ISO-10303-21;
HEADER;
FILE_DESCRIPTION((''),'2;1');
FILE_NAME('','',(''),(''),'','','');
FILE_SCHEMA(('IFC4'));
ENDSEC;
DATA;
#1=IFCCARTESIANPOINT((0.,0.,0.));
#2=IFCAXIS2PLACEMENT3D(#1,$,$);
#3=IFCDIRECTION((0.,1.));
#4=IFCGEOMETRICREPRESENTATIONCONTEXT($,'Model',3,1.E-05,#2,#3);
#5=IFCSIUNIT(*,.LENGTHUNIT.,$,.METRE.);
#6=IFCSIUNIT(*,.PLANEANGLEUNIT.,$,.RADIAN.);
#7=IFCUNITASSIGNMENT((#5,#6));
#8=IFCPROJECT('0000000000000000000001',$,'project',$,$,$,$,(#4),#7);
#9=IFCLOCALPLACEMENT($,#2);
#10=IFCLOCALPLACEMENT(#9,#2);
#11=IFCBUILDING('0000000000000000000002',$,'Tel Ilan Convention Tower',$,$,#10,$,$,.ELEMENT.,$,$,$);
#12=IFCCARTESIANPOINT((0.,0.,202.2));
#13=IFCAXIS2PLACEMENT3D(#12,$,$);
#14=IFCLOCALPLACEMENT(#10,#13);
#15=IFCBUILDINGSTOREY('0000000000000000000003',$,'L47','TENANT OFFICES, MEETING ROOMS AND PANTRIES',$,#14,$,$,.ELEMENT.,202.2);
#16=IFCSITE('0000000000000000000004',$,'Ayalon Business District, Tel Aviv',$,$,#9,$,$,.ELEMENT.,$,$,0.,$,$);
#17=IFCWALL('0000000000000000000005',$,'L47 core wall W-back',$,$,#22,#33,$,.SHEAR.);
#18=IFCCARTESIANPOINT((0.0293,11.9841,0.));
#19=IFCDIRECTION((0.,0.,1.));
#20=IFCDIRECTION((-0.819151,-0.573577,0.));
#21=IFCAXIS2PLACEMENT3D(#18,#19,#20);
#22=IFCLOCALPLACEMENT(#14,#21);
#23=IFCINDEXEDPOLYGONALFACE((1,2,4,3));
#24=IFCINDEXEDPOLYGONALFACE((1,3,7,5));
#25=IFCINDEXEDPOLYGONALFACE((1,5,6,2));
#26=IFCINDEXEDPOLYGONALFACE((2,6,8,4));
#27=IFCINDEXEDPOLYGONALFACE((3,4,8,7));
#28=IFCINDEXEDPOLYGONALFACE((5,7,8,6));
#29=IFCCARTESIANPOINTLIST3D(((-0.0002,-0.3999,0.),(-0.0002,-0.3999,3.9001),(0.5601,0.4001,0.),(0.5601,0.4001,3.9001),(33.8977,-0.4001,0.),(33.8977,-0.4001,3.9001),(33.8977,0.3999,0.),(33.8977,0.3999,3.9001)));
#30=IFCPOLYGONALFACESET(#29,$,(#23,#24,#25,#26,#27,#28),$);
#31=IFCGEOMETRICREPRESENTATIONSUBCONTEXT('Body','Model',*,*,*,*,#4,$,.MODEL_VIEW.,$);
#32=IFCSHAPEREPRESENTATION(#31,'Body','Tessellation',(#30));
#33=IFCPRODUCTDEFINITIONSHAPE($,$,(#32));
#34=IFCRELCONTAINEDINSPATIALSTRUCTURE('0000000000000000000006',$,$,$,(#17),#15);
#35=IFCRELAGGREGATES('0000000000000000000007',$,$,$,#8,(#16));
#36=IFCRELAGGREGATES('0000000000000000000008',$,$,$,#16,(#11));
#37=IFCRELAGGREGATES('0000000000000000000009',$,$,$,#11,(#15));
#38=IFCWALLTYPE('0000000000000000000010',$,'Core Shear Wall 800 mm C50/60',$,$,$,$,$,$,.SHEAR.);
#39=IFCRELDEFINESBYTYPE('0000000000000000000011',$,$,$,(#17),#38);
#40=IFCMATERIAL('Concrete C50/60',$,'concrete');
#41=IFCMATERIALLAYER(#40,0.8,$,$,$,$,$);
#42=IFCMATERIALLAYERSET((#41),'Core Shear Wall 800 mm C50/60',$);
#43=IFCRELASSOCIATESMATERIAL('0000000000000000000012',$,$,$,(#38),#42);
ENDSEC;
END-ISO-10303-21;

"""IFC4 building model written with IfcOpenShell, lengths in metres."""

from ifc_helpers import new_model, si_unit, direction, frame, origin, place, context, subcontext, project, spatial, polyline, outline, extrude, material, layer, layer_set, type_object, element, save


model = new_model("IFC4")

# Units and contexts
model_context = context("Model", 3, precision=1e-05, world=origin(), true_north=direction((0.0, 1.0)))
body_context = subcontext(model_context, "Body", "Model", "MODEL_VIEW")
ifc_project = project(units=[si_unit("LENGTHUNIT", "METRE"), si_unit("PLANEANGLEUNIT", "RADIAN")], contexts=[model_context])

# Site, building, storey
site_placement = place(None, origin())
site = spatial("IfcSite", under=ifc_project, at=site_placement, Name="Ayalon Business District, Tel Aviv", CompositionType="ELEMENT", RefElevation=0.0)
building_placement = place(site_placement, origin())
building = spatial("IfcBuilding", under=site, at=building_placement, Name="Tel Ilan Convention Tower", CompositionType="ELEMENT")
storey_placement = place(building_placement, frame((0.0, 0.0, 202.2)))
storey = spatial("IfcBuildingStorey", under=building, at=storey_placement, Name="L47", Description="TENANT OFFICES, MEETING ROOMS AND PANTRIES", CompositionType="ELEMENT", Elevation=202.2)

# Wall
ifc_material_1 = material(Name="Concrete C50/60", Category="concrete")
ifc_layer_1 = layer(ifc_material_1, 0.8)
ifc_layer_set_1 = layer_set([ifc_layer_1], Name="Core Shear Wall 800 mm C50/60")
wall_type_1 = type_object("IfcWallType", Name="Core Shear Wall 800 mm C50/60", PredefinedType="SHEAR", material=ifc_layer_set_1)
wall_1_placement = place(storey_placement, frame((0.0293, 11.9841, 0.0), z_axis=(0.0, 0.0, 1.0), x_axis=(-0.819151, -0.573577, 0.0)))
element("IfcWall", 1, at=wall_1_placement, inside=storey, type_object=wall_type_1, Name="L47 core wall W-back", PredefinedType="SHEAR", context=body_context, shape_type="SweptSolid", body=[
    extrude(outline(polyline([(33.8977, 0.3999), (0.5601, 0.4001), (-0.0002, -0.3999), (33.8977, -0.4001), (33.8977, 0.3999)])), origin(), (0.0, 0.0, 1.0), 3.9001),
])

save(model, "model.ifc")
